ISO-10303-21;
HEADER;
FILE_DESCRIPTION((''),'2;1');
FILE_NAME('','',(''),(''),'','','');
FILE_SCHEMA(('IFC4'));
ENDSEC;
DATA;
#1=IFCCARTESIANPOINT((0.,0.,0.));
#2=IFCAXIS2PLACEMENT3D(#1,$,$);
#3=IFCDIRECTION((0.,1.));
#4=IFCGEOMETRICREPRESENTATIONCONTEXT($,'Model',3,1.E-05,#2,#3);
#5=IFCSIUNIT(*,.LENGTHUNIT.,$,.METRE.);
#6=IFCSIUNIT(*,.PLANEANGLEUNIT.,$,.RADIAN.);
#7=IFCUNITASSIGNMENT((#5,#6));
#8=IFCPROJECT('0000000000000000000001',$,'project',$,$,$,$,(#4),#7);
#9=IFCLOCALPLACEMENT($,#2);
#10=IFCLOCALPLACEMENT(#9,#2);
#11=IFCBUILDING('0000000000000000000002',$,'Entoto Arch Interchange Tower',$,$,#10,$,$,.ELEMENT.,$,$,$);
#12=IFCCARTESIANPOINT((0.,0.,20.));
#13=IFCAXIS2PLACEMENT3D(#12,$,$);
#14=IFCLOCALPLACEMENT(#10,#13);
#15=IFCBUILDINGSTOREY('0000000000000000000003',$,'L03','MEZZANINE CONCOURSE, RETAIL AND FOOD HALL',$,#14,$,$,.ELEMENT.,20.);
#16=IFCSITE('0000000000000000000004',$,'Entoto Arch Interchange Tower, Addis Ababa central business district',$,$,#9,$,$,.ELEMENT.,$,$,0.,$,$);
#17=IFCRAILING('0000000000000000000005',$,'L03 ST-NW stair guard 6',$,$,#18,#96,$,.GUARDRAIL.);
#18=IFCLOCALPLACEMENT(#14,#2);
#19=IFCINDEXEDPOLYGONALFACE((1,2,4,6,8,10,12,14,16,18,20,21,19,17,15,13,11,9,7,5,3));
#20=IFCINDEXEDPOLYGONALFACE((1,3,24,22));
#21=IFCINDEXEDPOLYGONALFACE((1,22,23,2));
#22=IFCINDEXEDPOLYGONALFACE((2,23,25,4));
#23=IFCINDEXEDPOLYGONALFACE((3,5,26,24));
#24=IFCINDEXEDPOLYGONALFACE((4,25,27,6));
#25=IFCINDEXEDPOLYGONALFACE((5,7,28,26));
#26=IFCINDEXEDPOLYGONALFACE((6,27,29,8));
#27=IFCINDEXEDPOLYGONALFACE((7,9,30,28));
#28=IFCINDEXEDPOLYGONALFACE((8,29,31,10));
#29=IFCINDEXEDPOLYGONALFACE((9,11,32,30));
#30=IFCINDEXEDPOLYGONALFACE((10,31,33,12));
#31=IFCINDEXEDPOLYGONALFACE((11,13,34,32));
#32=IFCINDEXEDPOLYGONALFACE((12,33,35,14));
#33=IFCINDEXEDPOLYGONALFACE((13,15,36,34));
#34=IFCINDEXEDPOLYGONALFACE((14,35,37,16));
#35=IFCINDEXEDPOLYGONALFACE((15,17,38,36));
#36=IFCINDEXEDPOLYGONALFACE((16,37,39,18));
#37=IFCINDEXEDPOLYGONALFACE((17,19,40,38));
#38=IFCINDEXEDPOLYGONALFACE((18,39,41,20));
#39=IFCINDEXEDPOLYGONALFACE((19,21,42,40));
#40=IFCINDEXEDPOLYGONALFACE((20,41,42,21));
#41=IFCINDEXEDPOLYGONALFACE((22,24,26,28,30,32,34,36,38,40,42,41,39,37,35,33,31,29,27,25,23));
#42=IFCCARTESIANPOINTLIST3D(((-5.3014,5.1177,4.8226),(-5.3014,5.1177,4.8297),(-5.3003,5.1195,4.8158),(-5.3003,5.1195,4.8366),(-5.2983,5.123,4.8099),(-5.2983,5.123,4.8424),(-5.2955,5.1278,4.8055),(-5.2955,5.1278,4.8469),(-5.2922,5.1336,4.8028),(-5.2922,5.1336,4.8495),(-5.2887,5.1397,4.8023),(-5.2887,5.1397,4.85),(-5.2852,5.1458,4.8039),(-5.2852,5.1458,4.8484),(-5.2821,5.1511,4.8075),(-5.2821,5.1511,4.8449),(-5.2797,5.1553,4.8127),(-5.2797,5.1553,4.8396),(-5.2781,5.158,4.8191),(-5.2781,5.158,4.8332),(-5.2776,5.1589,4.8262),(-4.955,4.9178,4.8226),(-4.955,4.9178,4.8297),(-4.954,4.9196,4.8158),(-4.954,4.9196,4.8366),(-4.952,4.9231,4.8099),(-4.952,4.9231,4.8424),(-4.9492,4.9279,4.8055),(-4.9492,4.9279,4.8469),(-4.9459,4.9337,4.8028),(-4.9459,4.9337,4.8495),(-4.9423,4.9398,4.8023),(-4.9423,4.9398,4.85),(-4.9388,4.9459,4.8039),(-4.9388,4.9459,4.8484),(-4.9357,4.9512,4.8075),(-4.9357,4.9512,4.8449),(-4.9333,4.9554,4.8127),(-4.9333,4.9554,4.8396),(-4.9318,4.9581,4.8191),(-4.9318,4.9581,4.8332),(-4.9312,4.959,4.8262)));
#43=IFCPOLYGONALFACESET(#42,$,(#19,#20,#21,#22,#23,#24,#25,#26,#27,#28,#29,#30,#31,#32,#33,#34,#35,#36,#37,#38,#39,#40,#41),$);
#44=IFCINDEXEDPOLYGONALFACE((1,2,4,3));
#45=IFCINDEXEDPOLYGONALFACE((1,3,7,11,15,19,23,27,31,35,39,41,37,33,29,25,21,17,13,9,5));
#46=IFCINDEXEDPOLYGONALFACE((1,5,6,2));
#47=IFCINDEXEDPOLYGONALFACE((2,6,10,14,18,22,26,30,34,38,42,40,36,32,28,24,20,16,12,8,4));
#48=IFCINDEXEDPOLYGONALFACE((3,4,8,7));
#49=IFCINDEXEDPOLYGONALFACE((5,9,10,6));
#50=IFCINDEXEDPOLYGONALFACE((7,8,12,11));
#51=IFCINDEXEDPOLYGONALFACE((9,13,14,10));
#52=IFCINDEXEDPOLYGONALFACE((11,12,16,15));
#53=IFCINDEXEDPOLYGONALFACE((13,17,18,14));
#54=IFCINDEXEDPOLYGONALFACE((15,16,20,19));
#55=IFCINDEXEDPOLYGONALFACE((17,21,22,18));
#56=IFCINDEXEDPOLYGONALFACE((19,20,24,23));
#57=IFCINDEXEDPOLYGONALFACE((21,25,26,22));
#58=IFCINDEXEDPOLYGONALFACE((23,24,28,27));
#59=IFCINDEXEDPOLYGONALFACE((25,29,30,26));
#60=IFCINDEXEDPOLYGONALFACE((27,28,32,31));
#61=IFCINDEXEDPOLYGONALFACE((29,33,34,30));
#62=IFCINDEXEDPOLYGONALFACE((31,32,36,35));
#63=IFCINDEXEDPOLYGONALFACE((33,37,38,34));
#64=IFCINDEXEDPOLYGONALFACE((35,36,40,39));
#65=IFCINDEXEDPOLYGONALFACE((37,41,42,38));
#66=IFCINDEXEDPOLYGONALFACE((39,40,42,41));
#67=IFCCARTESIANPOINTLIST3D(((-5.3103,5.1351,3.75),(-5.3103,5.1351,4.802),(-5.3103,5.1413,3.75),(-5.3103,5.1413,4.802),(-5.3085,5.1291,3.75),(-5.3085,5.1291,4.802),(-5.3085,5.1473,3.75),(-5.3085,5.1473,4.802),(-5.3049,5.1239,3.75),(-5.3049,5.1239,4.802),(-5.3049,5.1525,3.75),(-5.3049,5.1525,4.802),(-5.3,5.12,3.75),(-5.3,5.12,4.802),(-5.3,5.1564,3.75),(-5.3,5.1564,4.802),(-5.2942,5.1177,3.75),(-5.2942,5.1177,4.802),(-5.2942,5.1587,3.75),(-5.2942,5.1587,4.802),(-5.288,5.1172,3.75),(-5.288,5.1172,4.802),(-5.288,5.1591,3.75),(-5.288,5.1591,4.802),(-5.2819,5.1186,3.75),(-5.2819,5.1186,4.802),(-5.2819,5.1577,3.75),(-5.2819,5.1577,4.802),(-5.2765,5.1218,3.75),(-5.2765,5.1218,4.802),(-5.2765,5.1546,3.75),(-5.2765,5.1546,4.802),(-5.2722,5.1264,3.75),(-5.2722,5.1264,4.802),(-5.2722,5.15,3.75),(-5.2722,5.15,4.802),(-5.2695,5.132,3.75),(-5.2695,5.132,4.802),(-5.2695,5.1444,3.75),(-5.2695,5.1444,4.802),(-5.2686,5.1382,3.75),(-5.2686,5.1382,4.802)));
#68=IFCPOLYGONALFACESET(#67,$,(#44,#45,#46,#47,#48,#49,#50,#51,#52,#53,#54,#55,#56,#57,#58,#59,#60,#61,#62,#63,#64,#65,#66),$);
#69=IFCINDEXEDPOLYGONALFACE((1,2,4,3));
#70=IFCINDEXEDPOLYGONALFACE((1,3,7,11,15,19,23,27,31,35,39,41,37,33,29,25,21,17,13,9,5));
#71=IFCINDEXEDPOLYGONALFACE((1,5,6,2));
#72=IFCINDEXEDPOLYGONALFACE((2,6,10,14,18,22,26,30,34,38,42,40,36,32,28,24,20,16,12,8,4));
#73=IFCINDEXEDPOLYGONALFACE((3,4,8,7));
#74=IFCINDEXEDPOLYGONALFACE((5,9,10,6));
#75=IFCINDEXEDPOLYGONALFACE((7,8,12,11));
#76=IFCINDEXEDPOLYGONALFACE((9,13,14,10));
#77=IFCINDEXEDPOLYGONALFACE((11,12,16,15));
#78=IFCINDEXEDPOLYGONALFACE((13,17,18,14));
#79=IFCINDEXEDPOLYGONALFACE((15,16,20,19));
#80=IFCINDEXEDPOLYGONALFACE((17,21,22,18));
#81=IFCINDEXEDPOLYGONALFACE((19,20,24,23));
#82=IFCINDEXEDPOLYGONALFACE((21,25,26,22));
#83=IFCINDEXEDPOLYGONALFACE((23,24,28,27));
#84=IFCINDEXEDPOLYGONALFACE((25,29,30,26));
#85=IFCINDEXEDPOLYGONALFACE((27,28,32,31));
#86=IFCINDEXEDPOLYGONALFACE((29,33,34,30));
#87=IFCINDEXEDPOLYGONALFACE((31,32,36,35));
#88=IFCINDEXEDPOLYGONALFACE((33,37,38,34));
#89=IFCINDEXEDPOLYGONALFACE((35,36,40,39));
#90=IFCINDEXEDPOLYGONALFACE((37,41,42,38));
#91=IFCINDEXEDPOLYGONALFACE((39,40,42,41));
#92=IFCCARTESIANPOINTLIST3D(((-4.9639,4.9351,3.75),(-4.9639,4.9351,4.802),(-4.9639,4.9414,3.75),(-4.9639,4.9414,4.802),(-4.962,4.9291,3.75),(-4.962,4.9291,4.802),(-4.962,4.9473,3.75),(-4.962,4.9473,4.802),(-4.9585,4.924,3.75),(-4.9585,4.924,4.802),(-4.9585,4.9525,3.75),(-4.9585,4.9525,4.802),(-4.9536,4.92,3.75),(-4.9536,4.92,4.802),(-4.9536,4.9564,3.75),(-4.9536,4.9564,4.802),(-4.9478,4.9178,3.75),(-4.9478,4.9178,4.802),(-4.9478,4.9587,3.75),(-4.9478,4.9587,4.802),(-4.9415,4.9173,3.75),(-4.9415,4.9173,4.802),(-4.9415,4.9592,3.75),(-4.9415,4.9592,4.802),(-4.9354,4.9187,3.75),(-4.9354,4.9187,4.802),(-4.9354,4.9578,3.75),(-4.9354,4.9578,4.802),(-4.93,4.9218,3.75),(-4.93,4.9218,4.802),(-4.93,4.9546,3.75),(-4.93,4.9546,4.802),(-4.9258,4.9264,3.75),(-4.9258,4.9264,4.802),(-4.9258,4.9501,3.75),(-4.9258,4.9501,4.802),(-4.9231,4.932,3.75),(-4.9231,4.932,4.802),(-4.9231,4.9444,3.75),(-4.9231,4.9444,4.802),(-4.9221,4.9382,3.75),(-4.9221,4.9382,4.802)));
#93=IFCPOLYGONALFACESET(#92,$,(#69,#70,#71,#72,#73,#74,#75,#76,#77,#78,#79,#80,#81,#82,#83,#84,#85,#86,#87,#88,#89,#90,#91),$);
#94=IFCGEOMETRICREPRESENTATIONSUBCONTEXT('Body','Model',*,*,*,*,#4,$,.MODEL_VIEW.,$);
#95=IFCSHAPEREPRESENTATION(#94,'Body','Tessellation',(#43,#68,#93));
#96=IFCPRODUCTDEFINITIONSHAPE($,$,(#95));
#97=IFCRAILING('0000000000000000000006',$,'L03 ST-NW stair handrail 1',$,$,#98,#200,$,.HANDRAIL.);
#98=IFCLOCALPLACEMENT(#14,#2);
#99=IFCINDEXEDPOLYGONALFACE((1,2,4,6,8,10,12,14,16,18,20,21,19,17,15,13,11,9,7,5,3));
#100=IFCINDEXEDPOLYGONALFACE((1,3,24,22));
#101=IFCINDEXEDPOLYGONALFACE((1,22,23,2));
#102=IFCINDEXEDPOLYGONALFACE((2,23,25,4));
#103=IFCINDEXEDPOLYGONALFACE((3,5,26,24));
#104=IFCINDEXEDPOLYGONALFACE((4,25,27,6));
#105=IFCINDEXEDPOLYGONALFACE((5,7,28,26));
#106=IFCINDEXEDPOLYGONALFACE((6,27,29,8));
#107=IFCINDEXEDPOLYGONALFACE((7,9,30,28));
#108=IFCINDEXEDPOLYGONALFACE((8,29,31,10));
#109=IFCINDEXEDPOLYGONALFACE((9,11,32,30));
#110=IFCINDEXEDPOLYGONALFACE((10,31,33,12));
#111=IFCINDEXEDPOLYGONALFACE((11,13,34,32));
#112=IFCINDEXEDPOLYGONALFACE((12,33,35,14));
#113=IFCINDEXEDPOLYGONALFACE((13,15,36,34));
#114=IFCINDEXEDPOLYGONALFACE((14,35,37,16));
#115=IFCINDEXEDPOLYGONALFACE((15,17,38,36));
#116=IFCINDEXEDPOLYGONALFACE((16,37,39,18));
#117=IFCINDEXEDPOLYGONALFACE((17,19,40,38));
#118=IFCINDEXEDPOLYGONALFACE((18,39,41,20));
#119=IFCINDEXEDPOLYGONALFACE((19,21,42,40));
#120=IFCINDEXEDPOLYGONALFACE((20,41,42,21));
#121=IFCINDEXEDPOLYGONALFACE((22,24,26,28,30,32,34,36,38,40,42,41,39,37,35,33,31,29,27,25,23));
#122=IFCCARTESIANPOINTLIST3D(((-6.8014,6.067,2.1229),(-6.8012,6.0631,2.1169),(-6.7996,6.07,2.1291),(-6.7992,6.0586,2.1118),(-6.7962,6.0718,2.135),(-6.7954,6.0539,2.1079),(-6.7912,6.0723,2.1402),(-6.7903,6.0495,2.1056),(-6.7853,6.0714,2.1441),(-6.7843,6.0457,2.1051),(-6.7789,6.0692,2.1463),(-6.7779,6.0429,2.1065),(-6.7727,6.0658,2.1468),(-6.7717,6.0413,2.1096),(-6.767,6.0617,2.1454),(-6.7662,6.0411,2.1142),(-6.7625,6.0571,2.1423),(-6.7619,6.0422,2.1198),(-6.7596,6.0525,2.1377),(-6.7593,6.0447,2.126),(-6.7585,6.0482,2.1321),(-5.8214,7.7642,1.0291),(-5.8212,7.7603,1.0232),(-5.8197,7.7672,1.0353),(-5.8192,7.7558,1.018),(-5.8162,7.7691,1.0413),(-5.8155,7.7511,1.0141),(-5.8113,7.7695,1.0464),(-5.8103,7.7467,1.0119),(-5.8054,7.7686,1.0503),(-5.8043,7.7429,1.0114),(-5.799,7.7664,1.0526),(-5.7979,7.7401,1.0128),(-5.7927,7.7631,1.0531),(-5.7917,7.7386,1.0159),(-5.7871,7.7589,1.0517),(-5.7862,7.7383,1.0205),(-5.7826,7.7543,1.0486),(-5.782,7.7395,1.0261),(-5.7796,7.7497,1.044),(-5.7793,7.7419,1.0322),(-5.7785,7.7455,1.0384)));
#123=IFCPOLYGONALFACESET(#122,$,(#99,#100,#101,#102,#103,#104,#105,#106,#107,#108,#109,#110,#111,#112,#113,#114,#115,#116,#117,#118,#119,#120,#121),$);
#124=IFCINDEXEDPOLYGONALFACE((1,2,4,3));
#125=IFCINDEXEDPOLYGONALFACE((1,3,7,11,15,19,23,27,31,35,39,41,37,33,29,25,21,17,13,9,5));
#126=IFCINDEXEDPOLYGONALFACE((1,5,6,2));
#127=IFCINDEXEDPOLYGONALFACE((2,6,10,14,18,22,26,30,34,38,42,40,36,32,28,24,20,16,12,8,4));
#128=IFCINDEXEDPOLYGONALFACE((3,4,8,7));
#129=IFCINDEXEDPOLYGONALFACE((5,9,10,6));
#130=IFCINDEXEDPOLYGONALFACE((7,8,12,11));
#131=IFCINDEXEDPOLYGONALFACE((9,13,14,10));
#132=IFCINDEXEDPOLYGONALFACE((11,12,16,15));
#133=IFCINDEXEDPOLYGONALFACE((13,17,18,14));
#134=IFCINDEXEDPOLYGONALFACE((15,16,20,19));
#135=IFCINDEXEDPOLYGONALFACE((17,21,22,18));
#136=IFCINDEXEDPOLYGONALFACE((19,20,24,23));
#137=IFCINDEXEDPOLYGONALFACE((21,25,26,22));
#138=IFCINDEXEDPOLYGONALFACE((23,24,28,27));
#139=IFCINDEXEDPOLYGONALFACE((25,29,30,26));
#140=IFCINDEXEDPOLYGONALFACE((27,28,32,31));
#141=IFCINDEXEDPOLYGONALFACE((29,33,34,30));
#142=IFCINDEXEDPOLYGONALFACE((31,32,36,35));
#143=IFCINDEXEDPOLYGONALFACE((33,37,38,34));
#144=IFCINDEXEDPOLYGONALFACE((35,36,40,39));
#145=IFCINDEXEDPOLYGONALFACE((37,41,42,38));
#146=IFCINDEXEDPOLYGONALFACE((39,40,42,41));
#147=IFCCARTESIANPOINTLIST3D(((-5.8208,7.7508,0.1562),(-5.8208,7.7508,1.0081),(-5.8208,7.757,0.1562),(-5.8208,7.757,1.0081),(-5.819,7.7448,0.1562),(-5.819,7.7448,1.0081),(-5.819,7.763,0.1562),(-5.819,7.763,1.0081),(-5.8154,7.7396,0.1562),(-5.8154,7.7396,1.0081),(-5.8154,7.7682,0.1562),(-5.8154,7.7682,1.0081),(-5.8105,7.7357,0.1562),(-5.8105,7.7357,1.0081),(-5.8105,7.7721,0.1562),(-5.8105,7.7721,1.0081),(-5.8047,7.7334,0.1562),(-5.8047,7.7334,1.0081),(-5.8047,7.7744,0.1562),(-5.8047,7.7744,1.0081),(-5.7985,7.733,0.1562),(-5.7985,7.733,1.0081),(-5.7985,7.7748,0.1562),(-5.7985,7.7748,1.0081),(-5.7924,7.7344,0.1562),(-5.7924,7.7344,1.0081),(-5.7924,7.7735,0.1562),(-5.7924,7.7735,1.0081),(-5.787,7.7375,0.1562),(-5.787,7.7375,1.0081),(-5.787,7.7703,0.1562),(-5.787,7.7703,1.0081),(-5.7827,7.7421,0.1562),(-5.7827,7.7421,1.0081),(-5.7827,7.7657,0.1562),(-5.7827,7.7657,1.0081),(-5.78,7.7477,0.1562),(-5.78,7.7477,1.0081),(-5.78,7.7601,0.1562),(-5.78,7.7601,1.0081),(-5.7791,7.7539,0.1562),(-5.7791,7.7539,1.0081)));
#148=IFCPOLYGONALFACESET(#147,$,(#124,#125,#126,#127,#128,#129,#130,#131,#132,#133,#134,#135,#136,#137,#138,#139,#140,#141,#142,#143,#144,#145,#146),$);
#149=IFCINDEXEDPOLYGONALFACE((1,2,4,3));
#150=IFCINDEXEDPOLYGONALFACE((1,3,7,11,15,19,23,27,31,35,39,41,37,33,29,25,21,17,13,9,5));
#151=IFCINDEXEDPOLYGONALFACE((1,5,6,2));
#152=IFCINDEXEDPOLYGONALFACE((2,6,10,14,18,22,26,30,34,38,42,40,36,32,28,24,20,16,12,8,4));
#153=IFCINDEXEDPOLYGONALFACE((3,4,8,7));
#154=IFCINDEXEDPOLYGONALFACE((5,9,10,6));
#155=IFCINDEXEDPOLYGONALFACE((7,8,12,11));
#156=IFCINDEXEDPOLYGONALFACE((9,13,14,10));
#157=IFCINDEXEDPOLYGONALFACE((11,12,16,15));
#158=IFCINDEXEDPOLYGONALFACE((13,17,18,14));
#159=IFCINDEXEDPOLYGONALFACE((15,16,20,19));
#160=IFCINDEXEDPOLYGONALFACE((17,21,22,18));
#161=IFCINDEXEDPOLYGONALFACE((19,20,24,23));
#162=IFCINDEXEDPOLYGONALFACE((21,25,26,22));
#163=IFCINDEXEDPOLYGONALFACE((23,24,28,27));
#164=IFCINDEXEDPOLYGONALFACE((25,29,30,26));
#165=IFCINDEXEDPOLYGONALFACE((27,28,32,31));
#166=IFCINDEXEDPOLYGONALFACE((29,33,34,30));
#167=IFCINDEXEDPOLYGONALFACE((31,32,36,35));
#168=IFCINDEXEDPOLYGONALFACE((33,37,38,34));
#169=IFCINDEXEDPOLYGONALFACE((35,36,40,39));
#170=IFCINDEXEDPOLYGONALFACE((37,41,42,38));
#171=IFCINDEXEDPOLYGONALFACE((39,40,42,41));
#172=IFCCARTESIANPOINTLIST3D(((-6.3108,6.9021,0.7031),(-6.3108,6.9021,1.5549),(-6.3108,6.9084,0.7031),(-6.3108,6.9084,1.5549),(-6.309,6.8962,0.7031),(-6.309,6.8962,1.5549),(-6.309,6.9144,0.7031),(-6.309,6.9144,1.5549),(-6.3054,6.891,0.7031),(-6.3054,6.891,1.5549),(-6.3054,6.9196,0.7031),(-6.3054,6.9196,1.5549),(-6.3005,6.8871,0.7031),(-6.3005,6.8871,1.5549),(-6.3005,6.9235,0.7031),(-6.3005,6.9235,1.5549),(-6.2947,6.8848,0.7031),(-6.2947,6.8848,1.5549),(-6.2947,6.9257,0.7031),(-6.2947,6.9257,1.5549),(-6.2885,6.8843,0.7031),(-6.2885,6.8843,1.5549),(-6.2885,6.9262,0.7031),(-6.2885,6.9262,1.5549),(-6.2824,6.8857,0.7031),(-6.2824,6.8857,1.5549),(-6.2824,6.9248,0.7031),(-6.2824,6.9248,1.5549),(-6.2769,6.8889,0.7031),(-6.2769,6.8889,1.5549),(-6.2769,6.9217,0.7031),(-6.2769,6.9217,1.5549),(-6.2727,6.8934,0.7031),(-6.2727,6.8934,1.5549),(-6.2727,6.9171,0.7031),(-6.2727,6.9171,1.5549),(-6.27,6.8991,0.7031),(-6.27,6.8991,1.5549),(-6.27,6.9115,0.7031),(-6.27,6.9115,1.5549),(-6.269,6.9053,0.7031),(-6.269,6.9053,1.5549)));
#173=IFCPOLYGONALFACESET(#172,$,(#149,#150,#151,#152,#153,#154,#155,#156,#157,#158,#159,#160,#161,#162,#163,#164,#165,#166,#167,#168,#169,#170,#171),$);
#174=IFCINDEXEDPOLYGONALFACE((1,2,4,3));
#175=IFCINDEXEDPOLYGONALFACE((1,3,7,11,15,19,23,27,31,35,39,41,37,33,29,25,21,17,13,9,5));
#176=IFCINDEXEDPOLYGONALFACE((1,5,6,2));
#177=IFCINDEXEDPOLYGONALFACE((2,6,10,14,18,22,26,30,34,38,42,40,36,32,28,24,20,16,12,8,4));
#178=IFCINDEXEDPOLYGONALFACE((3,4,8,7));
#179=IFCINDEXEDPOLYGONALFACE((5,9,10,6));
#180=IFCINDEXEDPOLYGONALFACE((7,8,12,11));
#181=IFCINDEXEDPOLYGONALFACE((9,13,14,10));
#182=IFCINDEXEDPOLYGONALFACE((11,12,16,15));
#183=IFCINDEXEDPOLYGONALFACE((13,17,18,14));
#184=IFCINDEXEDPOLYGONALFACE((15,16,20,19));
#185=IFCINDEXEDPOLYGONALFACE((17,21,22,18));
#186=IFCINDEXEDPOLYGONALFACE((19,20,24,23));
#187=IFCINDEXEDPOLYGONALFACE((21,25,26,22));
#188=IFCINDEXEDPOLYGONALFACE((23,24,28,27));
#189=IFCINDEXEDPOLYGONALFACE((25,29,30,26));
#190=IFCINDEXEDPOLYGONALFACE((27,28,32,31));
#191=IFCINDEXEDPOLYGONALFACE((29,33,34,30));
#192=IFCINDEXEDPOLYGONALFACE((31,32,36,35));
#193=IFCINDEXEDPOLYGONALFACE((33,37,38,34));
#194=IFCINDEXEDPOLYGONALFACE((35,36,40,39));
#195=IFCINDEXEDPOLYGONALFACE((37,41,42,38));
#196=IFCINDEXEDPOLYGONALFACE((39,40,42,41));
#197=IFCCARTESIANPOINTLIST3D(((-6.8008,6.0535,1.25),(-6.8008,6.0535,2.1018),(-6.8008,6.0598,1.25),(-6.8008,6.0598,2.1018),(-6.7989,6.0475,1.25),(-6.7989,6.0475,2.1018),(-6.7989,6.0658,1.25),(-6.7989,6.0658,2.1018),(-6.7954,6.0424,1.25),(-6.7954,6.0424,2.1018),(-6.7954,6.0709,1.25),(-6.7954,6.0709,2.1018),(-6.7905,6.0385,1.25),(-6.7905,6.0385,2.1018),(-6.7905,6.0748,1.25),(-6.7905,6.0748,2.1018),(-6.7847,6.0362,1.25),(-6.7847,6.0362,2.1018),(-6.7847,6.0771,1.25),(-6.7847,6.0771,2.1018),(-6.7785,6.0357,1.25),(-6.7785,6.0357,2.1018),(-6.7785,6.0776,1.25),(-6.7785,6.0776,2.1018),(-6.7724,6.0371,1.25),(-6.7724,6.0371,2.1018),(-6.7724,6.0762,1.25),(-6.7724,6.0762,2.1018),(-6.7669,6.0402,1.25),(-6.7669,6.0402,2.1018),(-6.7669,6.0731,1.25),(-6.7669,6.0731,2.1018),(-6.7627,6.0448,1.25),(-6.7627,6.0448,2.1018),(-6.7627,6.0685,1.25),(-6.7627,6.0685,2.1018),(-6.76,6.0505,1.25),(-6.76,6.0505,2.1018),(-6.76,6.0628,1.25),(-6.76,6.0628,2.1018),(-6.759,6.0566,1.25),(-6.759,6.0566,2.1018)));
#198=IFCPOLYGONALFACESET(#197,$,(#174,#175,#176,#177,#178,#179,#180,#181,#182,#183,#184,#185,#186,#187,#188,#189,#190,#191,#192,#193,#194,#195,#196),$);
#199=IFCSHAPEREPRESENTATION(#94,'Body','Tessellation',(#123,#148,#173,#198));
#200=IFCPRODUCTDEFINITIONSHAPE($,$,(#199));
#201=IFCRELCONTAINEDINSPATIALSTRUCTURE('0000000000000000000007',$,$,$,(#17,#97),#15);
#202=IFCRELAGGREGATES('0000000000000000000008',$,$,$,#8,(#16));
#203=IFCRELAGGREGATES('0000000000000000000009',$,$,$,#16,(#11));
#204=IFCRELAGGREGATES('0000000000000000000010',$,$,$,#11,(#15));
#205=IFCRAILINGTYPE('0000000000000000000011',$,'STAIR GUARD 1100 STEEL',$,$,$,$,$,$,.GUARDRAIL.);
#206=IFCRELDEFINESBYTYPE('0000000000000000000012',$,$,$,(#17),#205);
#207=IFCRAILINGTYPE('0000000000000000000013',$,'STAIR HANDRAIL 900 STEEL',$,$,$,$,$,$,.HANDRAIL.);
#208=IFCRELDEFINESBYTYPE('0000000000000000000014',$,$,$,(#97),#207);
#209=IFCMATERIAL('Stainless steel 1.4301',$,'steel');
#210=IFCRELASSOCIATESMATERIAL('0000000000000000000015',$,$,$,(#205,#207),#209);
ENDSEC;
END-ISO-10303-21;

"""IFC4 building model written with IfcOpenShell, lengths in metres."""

from ifc_helpers import new_model, si_unit, direction, frame, origin, origin_2d, place, context, subcontext, project, spatial, circle, extrude, material, type_object, element, save


model = new_model("IFC4")

# Units and contexts
model_context = context("Model", 3, precision=1e-05, world=origin(), true_north=direction((0.0, 1.0)))
body_context = subcontext(model_context, "Body", "Model", "MODEL_VIEW")
ifc_project = project(units=[si_unit("LENGTHUNIT", "METRE"), si_unit("PLANEANGLEUNIT", "RADIAN")], contexts=[model_context])

# Site, building, storey
site_placement = place(None, origin())
site = spatial("IfcSite", under=ifc_project, at=site_placement, Name="Entoto Arch Interchange Tower, Addis Ababa central business district", CompositionType="ELEMENT", RefElevation=0.0)
building_placement = place(site_placement, origin())
building = spatial("IfcBuilding", under=site, at=building_placement, Name="Entoto Arch Interchange Tower", CompositionType="ELEMENT")
storey_placement = place(building_placement, frame((0.0, 0.0, 20.0)))
storey = spatial("IfcBuildingStorey", under=building, at=storey_placement, Name="L03", Description="MEZZANINE CONCOURSE, RETAIL AND FOOD HALL", CompositionType="ELEMENT", Elevation=20.0)

# Railings
ifc_material_1 = material(Name="Stainless steel 1.4301", Category="steel")
railing_type_1 = type_object("IfcRailingType", Name="STAIR GUARD 1100 STEEL", PredefinedType="GUARDRAIL", material=ifc_material_1)
railing_1_placement = place(storey_placement, frame((-5.2896, 5.1382, 3.75)))
element("IfcRailing", 1, at=railing_1_placement, inside=storey, type_object=railing_type_1, Name="L03 ST-NW stair guard 6", PredefinedType="GUARDRAIL", context=body_context, shape_type="SweptSolid", body=[
    extrude(circle(Radius=0.0239, at=origin_2d()), frame((0.0, 0.0, 1.0762), z_axis=(0.866094, -0.499881, 0.0), x_axis=(0.499881, 0.866094, 0.0)), (0.0, 0.0, 1.0), 0.3999),
    extrude(circle(Radius=0.021, at=origin_2d()), origin(), (0.0, 0.0, 1.0), 1.052),
    extrude(circle(Radius=0.021, at=origin_2d()), frame((0.3464, -0.2, 0.0)), (0.0, 0.0, 1.0), 1.052),
])
railing_type_2 = type_object("IfcRailingType", Name="STAIR HANDRAIL 900 STEEL", PredefinedType="HANDRAIL", material=ifc_material_1)
railing_2_placement = place(storey_placement, frame((-5.8, 7.7539, 0.1562)))
element("IfcRailing", 2, at=railing_2_placement, inside=storey, type_object=railing_type_2, Name="L03 ST-NW stair handrail 1", PredefinedType="HANDRAIL", context=body_context, shape_type="SweptSolid", body=[
    extrude(circle(Radius=0.0239, at=origin_2d()), frame((0.0, 0.0, 0.876), z_axis=(-0.436632, -0.75622, 0.487323), x_axis=(0.866011, -0.500024, 0.0)), (0.0, 0.0, 1.0), 2.2444),
    extrude(circle(Radius=0.021, at=origin_2d()), origin(), (0.0, 0.0, 1.0), 0.8518),
    extrude(circle(Radius=0.021, at=origin_2d()), frame((-0.49, -0.8486, 0.5469)), (0.0, 0.0, 1.0), 0.8518),
    extrude(circle(Radius=0.021, at=origin_2d()), frame((-0.98, -1.6973, 1.0938)), (0.0, 0.0, 1.0), 0.8518),
])

save(model, "model.ifc")
